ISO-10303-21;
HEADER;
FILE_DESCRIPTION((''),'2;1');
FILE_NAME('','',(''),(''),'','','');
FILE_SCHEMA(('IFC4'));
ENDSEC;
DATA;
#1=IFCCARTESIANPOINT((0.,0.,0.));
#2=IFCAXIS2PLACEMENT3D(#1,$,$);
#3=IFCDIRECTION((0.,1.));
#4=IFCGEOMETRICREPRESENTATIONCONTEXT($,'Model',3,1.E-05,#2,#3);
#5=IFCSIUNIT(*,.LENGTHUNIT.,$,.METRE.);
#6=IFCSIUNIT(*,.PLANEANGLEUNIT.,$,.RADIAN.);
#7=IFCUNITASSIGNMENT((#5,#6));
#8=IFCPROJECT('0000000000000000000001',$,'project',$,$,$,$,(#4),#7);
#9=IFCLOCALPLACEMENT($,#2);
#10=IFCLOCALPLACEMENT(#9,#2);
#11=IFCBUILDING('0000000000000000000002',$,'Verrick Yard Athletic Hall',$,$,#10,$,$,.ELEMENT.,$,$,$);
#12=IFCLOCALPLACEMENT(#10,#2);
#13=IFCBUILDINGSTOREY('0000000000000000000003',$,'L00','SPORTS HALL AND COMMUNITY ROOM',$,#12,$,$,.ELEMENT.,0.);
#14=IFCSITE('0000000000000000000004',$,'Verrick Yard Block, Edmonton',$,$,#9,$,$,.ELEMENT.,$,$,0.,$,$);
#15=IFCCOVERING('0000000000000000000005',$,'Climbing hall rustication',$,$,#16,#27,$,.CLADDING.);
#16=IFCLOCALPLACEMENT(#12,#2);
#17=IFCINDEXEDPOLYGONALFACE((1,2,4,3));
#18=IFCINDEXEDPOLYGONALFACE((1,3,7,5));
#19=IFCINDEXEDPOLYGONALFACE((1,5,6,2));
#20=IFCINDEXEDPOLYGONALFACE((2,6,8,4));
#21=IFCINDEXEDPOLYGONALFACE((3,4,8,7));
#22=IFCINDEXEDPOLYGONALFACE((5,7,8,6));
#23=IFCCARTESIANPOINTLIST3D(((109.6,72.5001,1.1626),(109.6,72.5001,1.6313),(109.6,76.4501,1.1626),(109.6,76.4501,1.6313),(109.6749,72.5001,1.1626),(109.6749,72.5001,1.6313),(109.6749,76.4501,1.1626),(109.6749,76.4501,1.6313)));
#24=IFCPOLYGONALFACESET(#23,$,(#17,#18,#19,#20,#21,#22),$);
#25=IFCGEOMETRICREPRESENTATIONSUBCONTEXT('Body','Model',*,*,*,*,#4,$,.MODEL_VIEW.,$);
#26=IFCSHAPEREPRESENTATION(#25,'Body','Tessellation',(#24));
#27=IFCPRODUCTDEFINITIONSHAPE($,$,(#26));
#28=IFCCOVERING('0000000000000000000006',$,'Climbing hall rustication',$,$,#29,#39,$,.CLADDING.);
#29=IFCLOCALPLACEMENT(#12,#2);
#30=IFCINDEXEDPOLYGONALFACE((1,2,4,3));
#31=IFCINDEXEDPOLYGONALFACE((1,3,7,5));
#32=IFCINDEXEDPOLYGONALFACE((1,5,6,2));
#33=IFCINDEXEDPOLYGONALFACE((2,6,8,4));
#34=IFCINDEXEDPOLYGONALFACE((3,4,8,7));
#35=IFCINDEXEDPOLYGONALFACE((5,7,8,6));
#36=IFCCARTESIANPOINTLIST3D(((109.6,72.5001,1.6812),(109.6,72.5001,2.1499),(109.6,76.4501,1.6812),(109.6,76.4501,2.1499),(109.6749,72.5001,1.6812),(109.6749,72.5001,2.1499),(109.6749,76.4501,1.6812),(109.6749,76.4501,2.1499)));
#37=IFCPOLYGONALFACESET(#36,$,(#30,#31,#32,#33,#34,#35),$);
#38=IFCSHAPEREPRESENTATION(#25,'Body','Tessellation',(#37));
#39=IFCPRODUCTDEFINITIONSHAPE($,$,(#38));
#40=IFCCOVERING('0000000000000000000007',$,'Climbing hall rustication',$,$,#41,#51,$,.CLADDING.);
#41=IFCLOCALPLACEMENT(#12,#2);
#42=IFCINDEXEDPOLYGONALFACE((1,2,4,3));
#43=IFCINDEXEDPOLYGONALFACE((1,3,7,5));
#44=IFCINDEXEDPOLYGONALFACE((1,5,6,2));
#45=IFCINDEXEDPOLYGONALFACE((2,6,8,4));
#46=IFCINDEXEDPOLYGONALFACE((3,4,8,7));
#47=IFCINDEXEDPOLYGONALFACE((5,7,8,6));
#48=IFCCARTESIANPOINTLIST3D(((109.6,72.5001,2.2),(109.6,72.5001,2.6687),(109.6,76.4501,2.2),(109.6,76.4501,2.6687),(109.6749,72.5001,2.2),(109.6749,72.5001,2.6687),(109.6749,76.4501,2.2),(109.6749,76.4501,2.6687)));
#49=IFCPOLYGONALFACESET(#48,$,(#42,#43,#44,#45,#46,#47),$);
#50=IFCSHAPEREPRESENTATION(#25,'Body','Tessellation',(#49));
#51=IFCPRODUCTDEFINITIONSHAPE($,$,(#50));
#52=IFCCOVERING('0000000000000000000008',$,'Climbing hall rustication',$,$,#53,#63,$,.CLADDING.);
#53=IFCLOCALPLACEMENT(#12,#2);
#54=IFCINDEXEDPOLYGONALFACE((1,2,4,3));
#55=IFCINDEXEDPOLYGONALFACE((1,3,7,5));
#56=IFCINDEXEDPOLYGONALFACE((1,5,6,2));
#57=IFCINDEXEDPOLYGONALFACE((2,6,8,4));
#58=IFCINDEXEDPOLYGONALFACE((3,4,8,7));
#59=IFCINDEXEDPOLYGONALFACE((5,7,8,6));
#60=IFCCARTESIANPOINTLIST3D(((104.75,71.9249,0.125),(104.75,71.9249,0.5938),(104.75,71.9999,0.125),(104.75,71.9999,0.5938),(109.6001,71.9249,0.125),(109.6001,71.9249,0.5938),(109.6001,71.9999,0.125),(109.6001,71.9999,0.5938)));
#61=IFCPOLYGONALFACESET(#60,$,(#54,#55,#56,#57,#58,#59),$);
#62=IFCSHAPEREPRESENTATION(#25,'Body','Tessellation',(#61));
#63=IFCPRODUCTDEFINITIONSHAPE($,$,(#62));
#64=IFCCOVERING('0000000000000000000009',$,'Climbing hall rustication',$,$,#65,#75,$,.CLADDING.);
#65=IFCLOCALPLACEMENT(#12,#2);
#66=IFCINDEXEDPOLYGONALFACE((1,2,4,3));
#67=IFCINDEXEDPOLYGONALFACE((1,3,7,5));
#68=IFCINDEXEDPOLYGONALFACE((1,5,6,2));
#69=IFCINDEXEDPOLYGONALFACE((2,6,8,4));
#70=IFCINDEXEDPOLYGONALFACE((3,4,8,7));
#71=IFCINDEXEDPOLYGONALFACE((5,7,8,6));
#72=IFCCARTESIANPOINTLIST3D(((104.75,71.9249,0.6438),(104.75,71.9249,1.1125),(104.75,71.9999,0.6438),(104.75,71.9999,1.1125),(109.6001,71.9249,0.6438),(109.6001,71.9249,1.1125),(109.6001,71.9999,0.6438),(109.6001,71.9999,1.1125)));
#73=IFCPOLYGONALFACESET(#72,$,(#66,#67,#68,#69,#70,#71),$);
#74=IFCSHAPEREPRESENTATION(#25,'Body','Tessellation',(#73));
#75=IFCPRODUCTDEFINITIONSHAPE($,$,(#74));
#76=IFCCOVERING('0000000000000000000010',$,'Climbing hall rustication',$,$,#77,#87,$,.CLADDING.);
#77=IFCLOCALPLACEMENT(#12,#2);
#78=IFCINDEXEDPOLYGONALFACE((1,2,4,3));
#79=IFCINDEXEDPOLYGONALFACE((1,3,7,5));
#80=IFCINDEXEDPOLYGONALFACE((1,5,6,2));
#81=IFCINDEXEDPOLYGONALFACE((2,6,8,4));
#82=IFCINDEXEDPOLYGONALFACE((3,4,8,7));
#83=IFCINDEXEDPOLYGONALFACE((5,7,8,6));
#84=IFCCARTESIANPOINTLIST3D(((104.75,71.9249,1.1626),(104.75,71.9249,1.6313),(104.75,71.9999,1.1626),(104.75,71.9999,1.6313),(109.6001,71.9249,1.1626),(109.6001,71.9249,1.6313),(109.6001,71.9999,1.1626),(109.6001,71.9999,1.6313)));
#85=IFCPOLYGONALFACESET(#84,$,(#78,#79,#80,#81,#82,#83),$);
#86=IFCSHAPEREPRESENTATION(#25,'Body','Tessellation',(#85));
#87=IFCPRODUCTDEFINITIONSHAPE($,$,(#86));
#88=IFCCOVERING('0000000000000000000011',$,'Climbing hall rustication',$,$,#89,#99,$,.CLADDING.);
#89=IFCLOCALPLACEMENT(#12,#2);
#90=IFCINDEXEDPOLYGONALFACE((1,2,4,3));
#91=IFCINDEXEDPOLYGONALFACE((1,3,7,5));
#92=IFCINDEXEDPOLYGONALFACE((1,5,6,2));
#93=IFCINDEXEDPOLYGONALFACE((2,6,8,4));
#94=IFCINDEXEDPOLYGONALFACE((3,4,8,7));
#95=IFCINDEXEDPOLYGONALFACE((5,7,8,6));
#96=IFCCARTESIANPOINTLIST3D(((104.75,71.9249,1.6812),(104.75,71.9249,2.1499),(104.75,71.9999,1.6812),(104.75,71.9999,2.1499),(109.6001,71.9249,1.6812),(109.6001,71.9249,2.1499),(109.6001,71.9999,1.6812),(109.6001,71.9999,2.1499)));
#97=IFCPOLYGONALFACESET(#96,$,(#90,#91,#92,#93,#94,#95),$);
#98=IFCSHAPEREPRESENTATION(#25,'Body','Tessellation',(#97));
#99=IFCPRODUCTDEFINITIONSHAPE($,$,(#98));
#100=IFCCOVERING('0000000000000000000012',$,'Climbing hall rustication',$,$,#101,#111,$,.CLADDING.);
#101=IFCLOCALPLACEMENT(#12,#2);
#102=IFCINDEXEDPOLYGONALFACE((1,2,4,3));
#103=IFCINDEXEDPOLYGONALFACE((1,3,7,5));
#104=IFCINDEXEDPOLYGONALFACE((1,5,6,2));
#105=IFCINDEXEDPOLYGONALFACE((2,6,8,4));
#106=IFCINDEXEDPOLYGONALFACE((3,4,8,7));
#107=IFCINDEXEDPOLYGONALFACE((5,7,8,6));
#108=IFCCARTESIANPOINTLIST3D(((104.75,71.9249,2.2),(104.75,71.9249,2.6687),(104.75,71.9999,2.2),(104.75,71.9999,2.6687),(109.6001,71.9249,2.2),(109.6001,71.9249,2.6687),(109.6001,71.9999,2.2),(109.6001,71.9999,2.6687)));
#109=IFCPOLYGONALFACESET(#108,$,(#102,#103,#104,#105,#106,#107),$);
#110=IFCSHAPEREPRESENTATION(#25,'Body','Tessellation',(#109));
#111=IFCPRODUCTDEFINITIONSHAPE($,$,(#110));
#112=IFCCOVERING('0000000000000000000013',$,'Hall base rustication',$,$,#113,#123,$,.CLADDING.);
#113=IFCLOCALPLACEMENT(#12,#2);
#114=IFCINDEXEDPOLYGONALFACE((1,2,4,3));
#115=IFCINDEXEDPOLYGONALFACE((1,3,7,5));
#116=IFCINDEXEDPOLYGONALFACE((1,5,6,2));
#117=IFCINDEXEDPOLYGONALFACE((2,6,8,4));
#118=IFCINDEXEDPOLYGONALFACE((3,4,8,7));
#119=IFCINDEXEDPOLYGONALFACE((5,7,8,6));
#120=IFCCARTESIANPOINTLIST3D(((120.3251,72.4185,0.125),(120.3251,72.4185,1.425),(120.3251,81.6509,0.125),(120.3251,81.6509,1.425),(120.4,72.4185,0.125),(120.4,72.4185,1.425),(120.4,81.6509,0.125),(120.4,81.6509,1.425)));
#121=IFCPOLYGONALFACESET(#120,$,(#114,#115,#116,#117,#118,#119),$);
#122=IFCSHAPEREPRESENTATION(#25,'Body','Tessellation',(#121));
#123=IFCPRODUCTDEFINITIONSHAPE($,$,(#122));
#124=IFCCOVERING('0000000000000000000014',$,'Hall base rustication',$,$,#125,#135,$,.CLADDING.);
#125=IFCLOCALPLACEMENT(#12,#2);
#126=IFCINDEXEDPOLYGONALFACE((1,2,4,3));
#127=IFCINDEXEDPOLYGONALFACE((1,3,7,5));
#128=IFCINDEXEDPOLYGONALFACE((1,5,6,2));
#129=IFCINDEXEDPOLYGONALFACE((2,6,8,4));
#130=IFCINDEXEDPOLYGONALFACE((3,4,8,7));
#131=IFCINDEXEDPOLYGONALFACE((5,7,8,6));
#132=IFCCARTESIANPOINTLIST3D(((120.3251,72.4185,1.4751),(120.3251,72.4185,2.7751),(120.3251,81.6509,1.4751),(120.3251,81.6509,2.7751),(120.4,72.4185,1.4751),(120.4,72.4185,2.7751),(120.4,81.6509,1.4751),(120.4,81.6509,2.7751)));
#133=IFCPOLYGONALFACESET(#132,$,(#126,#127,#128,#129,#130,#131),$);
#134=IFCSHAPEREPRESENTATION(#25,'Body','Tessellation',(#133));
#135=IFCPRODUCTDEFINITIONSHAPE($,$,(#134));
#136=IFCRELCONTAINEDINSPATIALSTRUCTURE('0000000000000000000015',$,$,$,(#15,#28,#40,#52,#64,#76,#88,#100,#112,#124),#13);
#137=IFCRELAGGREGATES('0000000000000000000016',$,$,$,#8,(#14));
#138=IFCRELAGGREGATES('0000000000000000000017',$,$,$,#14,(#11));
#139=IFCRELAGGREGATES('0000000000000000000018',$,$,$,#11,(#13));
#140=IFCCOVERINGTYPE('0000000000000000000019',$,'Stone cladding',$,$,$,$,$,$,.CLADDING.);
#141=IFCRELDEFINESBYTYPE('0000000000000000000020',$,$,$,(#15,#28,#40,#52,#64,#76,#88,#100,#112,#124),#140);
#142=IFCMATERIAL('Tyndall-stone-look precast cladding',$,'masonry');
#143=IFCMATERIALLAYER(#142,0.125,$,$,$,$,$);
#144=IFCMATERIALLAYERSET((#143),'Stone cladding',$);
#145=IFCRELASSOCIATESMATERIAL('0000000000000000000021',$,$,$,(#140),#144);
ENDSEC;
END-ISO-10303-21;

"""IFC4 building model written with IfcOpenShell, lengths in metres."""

from ifc_helpers import new_model, si_unit, direction, frame, origin, origin_2d, place, context, subcontext, project, spatial, rectangle, extrude, material, layer, layer_set, type_object, element, save


model = new_model("IFC4")

# Units and contexts
model_context = context("Model", 3, precision=1e-05, world=origin(), true_north=direction((0.0, 1.0)))
body_context = subcontext(model_context, "Body", "Model", "MODEL_VIEW")
ifc_project = project(units=[si_unit("LENGTHUNIT", "METRE"), si_unit("PLANEANGLEUNIT", "RADIAN")], contexts=[model_context])

# Site, building, storey
site_placement = place(None, origin())
site = spatial("IfcSite", under=ifc_project, at=site_placement, Name="Verrick Yard Block, Edmonton", CompositionType="ELEMENT", RefElevation=0.0)
building_placement = place(site_placement, origin())
building = spatial("IfcBuilding", under=site, at=building_placement, Name="Verrick Yard Athletic Hall", CompositionType="ELEMENT")
storey_placement = place(building_placement, origin())
storey = spatial("IfcBuildingStorey", under=building, at=storey_placement, Name="L00", Description="SPORTS HALL AND COMMUNITY ROOM", CompositionType="ELEMENT", Elevation=0.0)

# Shared definitions
ifc_material_1 = material(Name="Tyndall-stone-look precast cladding", Category="masonry")

# Coverings
ifc_layer_1 = layer(ifc_material_1, 0.125)
ifc_layer_set_1 = layer_set([ifc_layer_1], Name="Stone cladding")
covering_type = type_object("IfcCoveringType", Name="Stone cladding", PredefinedType="CLADDING", material=ifc_layer_set_1)
for number, where, z_axis, x_axis, name in (
    (1, (109.6375, 74.4751, 1.1626), (0.0, 0.0, 1.0), (0.0, 1.0, 0.0), "Climbing hall rustication"),
    (2, (109.6375, 74.4751, 1.6812), (0.0, 0.0, 1.0), (0.0, 1.0, 0.0), "Climbing hall rustication"),
    (3, (109.6375, 74.4751, 2.2), (0.0, 0.0, 1.0), (0.0, 1.0, 0.0), "Climbing hall rustication"),
):
    element("IfcCovering", number, at=place(storey_placement, frame(where, z_axis=z_axis, x_axis=x_axis)), inside=storey, type_object=covering_type, Name=name, PredefinedType="CLADDING", context=body_context, shape_type="SweptSolid", body=[
        extrude(rectangle(XDim=3.95, YDim=0.075, at=origin_2d()), origin(), (0.0, 0.0, 1.0), 0.4688),
    ])
for number, where, z_axis, x_axis, name in (
    (4, (107.175, 71.9624, 0.125), (0.0, 0.0, 1.0), (1.0, 0.0, 0.0), "Climbing hall rustication"),
    (5, (107.175, 71.9624, 0.6438), (0.0, 0.0, 1.0), (1.0, 0.0, 0.0), "Climbing hall rustication"),
    (6, (107.175, 71.9624, 1.1626), (0.0, 0.0, 1.0), (1.0, 0.0, 0.0), "Climbing hall rustication"),
    (7, (107.175, 71.9624, 1.6812), (0.0, 0.0, 1.0), (1.0, 0.0, 0.0), "Climbing hall rustication"),
    (8, (107.175, 71.9624, 2.2), (0.0, 0.0, 1.0), (1.0, 0.0, 0.0), "Climbing hall rustication"),
):
    element("IfcCovering", number, at=place(storey_placement, frame(where, z_axis=z_axis, x_axis=x_axis)), inside=storey, type_object=covering_type, Name=name, PredefinedType="CLADDING", context=body_context, shape_type="SweptSolid", body=[
        extrude(rectangle(XDim=4.8501, YDim=0.075, at=origin_2d()), origin(), (0.0, 0.0, 1.0), 0.4688),
    ])
for number, where, z_axis, x_axis, name in (
    (9, (120.3625, 77.0347, 0.125), (0.0, 0.0, 1.0), (0.0, 1.0, 0.0), "Hall base rustication"),
    (10, (120.3625, 77.0347, 1.4751), (0.0, 0.0, 1.0), (0.0, 1.0, 0.0), "Hall base rustication"),
):
    element("IfcCovering", number, at=place(storey_placement, frame(where, z_axis=z_axis, x_axis=x_axis)), inside=storey, type_object=covering_type, Name=name, PredefinedType="CLADDING", context=body_context, shape_type="SweptSolid", body=[
        extrude(rectangle(XDim=9.2324, YDim=0.075, at=origin_2d()), origin(), (0.0, 0.0, 1.0), 1.3),
    ])

save(model, "model.ifc")
